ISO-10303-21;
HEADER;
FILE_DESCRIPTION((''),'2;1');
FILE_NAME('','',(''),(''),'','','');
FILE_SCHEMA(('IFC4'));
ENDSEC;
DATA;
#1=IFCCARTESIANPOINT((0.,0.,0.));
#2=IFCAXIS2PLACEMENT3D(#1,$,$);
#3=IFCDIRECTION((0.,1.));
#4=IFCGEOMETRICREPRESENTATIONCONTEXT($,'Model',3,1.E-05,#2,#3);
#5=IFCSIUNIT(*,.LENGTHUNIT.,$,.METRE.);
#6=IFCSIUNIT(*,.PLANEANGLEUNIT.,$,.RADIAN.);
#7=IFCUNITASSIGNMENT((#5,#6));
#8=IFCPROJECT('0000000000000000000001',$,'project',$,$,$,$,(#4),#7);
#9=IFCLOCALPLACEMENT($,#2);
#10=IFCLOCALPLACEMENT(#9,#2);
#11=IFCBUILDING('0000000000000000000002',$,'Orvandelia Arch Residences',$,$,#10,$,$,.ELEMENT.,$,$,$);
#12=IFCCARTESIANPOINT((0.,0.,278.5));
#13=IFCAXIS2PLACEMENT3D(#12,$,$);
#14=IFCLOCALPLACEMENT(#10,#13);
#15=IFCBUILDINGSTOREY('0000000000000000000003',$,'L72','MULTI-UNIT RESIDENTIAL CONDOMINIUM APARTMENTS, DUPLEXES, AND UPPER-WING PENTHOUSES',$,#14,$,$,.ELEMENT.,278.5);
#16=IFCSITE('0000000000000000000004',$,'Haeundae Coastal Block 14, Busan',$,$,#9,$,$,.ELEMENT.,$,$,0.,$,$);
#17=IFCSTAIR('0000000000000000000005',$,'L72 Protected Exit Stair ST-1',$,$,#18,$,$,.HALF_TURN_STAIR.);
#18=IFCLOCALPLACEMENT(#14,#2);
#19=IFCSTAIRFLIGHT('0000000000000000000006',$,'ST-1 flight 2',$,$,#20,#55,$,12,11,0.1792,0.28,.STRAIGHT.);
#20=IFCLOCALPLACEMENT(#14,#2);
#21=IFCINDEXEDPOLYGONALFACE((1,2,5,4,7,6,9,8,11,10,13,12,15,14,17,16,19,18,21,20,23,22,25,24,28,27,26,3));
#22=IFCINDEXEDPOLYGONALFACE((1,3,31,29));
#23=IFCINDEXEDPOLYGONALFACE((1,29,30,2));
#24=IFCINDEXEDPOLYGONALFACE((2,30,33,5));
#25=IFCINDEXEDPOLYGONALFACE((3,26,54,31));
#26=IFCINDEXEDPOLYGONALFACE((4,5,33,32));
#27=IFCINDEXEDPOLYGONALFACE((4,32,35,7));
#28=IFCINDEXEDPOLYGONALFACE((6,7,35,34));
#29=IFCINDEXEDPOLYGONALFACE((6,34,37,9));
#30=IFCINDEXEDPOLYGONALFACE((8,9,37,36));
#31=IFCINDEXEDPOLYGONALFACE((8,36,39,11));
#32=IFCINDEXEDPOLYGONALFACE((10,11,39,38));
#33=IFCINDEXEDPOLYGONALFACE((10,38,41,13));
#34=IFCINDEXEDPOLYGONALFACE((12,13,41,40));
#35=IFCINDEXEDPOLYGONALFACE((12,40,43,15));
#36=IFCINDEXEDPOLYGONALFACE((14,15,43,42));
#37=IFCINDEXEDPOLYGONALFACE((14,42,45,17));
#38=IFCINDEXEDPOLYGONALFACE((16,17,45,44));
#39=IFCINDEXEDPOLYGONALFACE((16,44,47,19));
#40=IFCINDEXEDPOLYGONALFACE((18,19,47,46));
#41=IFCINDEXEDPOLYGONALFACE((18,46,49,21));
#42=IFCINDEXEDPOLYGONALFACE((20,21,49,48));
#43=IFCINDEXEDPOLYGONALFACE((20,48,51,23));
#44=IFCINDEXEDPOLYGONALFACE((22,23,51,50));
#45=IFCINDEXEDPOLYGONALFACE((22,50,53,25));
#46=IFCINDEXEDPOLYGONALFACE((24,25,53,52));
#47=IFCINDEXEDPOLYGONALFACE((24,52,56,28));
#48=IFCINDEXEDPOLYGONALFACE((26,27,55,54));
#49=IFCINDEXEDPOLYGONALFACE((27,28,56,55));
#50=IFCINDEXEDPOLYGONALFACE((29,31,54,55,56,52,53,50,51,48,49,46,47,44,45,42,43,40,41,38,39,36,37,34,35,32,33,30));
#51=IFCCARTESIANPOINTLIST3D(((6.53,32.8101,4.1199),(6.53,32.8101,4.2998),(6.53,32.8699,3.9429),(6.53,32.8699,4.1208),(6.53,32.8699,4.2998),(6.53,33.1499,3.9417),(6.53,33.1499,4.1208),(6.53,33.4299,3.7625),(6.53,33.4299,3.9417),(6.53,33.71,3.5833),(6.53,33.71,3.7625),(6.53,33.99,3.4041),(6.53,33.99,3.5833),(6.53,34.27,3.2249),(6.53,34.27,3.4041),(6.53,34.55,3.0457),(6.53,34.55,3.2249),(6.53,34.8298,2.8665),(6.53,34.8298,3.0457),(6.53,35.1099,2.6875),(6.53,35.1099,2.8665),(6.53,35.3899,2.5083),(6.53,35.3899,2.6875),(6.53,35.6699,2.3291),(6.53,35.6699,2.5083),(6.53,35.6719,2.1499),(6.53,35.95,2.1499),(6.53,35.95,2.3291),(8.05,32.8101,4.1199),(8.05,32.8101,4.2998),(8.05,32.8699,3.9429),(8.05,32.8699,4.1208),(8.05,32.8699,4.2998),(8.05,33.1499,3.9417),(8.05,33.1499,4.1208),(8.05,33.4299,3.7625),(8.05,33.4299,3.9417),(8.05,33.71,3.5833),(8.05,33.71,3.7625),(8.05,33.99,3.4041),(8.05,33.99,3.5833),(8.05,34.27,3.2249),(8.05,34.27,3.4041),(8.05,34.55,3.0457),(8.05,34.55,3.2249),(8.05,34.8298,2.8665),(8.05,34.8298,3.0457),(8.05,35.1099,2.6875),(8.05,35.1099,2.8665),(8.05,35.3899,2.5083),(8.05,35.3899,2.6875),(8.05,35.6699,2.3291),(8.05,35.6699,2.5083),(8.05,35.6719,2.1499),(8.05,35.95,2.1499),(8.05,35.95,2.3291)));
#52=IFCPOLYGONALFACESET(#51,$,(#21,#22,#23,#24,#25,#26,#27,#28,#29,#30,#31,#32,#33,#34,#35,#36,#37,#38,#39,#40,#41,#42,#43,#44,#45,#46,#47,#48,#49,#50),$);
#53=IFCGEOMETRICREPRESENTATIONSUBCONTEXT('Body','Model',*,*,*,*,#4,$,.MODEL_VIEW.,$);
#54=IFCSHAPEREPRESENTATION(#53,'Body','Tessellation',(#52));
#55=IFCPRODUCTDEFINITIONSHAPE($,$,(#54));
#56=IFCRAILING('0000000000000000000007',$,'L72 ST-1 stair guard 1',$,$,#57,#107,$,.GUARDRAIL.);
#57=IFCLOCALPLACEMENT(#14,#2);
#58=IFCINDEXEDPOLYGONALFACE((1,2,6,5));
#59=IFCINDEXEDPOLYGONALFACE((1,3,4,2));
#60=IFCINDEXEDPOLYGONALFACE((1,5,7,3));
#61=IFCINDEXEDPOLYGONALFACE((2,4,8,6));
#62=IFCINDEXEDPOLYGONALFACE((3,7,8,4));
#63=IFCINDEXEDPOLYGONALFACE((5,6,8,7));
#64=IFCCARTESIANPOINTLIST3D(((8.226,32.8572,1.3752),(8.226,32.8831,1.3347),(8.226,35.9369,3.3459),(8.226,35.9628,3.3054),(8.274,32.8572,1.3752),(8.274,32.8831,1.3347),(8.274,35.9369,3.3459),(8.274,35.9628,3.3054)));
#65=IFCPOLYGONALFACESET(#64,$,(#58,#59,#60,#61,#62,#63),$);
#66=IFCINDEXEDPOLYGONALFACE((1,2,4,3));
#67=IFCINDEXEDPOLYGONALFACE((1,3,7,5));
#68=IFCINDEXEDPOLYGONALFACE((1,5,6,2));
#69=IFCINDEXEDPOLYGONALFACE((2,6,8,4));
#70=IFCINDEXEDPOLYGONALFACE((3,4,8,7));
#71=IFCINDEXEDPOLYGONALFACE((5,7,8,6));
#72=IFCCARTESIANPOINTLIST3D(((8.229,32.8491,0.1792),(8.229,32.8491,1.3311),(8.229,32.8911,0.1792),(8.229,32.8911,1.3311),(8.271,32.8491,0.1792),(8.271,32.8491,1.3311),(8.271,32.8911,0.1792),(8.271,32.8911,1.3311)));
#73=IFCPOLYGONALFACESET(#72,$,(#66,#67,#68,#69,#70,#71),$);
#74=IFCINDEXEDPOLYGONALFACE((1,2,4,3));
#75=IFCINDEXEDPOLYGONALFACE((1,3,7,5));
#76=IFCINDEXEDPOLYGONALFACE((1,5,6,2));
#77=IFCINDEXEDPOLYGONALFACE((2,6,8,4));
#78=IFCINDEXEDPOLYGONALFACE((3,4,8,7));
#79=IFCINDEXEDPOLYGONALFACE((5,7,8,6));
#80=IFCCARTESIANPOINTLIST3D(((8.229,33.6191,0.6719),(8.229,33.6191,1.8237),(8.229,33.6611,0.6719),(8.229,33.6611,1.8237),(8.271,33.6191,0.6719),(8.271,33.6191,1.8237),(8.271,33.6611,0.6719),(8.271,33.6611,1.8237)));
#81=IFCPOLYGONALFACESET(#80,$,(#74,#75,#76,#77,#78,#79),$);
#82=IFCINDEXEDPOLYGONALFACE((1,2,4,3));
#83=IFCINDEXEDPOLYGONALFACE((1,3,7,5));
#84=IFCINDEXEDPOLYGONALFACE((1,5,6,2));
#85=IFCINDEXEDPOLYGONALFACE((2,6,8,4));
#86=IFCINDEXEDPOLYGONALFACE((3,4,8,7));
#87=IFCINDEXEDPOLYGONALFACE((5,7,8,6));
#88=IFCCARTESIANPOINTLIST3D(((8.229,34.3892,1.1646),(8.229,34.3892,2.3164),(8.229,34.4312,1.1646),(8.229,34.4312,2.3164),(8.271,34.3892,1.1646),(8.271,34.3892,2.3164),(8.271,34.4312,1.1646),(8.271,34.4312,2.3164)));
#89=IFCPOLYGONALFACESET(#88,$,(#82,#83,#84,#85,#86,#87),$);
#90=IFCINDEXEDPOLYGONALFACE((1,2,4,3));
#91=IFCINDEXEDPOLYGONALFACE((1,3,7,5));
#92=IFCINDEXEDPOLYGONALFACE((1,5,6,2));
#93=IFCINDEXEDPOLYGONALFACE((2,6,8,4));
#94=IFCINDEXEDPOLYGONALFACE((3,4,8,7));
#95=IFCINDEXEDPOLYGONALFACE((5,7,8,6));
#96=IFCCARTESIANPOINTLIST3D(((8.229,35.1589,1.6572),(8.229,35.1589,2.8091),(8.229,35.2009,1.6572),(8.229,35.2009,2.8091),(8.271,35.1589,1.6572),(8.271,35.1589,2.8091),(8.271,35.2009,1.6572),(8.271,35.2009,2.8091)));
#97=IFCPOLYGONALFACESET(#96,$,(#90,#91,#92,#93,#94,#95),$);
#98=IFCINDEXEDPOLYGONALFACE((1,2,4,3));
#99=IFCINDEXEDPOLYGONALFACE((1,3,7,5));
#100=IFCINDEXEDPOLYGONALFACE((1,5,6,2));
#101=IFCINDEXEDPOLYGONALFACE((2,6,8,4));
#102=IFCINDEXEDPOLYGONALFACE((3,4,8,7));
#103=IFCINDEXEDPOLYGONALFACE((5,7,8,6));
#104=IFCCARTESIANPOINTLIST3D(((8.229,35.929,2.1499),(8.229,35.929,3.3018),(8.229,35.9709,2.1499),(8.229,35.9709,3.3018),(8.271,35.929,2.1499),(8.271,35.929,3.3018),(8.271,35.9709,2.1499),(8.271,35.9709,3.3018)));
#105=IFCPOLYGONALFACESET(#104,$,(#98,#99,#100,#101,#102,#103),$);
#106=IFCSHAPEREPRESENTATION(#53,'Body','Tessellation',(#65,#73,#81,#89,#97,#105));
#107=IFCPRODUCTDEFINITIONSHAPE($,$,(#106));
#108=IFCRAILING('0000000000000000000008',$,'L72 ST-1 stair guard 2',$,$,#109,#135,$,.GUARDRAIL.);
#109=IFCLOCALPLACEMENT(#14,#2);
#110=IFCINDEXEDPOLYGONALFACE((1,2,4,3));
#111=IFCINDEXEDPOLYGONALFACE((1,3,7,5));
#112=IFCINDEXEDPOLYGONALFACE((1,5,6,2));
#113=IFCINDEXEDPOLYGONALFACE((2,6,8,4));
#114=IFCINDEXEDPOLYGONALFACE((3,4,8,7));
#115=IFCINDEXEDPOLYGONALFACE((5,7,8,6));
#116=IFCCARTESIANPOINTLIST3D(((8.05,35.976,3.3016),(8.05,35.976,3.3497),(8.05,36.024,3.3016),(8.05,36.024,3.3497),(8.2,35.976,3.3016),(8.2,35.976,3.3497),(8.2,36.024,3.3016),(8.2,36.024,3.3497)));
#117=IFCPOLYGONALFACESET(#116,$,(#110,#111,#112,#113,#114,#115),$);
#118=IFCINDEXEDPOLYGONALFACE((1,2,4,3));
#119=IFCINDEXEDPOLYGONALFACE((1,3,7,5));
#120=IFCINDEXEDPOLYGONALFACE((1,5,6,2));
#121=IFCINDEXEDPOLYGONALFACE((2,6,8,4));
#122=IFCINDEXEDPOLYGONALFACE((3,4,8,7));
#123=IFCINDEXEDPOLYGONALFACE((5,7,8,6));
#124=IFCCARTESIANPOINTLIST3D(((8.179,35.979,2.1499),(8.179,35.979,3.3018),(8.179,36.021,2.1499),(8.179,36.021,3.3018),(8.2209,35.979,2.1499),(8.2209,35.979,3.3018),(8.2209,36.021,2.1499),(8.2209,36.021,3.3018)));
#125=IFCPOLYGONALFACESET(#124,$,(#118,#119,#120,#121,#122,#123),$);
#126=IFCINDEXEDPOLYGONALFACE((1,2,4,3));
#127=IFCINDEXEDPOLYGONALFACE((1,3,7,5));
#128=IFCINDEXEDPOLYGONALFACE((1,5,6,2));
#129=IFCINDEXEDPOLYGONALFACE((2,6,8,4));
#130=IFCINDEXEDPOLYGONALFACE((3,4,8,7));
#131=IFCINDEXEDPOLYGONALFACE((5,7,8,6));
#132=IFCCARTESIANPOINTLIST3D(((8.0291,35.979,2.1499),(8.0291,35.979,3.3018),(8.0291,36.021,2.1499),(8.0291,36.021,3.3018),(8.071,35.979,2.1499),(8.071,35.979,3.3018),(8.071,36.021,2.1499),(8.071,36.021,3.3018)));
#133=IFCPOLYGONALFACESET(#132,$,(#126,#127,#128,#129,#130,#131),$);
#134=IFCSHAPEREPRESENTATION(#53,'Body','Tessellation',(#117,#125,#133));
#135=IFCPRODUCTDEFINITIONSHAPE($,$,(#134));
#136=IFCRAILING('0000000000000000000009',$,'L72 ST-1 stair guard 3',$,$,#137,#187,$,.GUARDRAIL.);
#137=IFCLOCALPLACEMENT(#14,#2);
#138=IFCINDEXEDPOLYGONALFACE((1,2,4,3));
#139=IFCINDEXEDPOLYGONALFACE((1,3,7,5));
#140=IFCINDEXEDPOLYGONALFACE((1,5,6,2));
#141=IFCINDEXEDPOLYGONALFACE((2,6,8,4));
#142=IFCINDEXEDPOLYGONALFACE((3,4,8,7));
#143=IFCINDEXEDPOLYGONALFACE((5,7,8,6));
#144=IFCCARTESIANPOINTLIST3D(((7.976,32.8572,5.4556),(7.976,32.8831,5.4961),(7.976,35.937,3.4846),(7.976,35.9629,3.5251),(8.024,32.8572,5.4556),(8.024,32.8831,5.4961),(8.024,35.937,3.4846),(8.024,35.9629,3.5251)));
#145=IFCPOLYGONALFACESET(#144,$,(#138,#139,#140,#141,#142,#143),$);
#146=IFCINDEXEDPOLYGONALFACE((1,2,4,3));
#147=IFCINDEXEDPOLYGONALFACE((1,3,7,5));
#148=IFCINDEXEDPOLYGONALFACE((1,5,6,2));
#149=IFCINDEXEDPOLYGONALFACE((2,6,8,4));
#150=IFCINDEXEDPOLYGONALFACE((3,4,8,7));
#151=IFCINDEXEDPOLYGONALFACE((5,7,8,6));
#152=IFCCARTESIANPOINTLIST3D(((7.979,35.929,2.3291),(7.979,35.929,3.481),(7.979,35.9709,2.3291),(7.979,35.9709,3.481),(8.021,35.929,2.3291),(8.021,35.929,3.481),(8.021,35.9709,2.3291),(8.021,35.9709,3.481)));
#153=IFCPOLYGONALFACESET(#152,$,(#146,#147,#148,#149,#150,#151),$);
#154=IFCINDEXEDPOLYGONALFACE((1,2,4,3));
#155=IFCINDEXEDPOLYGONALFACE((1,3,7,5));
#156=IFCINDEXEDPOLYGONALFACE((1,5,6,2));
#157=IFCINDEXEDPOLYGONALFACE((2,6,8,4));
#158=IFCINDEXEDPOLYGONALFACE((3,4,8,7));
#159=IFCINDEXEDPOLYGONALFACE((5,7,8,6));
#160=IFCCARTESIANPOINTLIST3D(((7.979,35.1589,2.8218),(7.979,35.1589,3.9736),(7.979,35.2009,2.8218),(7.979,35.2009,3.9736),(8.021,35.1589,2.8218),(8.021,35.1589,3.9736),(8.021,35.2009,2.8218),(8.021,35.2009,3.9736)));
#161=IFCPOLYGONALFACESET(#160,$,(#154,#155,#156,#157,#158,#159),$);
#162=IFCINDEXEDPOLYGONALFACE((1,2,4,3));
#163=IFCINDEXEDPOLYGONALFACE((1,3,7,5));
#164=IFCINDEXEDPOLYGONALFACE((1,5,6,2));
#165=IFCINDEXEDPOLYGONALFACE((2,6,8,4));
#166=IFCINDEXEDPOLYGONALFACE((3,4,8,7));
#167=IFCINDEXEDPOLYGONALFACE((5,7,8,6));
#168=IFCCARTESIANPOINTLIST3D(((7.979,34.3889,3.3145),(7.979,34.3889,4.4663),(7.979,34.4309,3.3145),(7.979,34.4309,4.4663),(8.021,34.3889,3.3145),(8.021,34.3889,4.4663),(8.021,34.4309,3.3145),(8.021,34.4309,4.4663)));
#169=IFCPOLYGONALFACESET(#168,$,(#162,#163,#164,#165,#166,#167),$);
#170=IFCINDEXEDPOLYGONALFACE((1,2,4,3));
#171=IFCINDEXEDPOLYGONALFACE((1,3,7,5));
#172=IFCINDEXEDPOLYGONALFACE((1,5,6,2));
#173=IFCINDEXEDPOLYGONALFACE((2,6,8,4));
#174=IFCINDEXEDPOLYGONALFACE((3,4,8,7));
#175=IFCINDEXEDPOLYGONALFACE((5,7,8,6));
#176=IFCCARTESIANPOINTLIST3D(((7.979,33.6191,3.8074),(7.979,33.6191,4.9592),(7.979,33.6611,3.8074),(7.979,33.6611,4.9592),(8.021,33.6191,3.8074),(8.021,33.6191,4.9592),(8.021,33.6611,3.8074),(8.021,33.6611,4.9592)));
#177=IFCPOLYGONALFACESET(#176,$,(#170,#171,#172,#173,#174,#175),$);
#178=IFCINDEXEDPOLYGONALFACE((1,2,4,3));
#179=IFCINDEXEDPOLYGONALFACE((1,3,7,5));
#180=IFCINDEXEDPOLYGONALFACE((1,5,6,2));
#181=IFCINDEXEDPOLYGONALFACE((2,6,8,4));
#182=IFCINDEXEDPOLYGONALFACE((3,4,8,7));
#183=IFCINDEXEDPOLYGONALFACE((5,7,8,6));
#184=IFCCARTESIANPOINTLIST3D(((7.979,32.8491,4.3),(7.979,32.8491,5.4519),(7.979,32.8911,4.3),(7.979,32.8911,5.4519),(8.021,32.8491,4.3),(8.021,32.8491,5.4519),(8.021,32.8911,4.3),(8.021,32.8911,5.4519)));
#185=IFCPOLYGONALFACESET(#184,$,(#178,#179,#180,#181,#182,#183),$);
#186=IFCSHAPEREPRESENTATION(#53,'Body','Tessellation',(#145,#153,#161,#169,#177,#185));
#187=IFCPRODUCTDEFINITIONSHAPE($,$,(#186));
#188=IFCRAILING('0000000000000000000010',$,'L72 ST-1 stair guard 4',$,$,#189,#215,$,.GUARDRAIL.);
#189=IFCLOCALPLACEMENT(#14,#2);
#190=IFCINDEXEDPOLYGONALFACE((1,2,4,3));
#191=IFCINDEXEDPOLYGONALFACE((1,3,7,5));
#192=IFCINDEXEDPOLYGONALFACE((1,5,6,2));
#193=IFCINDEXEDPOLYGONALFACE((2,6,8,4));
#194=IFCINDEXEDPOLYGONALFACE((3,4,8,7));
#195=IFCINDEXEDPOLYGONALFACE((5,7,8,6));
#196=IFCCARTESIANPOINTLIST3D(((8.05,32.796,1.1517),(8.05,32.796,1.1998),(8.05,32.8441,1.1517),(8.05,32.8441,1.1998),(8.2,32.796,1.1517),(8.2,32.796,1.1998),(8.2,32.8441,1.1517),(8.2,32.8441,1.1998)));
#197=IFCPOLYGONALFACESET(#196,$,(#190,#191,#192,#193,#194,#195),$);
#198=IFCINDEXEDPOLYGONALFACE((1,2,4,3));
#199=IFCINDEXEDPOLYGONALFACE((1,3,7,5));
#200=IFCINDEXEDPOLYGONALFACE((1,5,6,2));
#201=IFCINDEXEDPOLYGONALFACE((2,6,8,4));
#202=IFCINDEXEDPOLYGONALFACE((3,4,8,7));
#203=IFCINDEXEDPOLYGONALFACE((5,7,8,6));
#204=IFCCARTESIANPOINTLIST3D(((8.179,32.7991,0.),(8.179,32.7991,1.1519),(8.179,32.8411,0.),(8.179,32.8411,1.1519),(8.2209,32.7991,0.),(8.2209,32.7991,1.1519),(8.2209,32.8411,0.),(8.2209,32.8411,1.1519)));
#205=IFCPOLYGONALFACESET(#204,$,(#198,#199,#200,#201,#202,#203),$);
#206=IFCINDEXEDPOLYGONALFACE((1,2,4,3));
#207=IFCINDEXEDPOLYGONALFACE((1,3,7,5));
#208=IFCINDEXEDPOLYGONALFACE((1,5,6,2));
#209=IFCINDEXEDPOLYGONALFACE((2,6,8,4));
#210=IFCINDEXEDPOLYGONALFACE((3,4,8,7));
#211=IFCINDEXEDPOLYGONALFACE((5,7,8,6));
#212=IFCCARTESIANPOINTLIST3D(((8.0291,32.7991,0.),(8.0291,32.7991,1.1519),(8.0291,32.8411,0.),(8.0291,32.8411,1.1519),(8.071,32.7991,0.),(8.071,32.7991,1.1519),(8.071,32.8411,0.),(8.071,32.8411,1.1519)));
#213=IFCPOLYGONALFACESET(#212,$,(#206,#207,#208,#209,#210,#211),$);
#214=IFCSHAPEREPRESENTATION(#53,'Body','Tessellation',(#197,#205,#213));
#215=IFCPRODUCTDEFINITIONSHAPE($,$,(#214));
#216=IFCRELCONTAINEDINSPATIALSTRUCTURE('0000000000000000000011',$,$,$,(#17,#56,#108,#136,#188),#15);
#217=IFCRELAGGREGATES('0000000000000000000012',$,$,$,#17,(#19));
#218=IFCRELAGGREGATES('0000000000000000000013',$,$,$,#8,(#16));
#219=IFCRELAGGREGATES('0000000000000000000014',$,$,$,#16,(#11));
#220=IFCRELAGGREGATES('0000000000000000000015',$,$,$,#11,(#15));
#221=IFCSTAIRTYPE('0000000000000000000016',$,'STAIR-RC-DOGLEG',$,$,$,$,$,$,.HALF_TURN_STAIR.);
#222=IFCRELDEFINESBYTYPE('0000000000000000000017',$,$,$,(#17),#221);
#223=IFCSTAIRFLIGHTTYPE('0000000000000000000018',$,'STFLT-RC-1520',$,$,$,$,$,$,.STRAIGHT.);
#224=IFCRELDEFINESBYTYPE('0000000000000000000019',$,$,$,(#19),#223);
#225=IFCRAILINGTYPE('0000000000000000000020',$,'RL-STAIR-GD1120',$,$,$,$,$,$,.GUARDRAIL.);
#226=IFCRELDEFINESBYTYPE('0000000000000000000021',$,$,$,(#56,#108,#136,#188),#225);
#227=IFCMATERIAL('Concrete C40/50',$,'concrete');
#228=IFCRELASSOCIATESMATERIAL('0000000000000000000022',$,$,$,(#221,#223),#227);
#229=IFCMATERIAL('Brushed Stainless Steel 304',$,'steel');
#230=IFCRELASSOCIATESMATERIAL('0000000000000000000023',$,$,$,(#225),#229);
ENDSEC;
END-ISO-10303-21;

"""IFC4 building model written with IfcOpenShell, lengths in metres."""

from ifc_helpers import new_model, si_unit, direction, frame, origin, origin_2d, place, context, subcontext, project, spatial, polyline, rectangle, outline, extrude, material, type_object, element, aggregate, save


model = new_model("IFC4")

# Units and contexts
model_context = context("Model", 3, precision=1e-05, world=origin(), true_north=direction((0.0, 1.0)))
body_context = subcontext(model_context, "Body", "Model", "MODEL_VIEW")
ifc_project = project(units=[si_unit("LENGTHUNIT", "METRE"), si_unit("PLANEANGLEUNIT", "RADIAN")], contexts=[model_context])

# Site, building, storey
site_placement = place(None, origin())
site = spatial("IfcSite", under=ifc_project, at=site_placement, Name="Haeundae Coastal Block 14, Busan", CompositionType="ELEMENT", RefElevation=0.0)
building_placement = place(site_placement, origin())
building = spatial("IfcBuilding", under=site, at=building_placement, Name="Orvandelia Arch Residences", CompositionType="ELEMENT")
storey_placement = place(building_placement, frame((0.0, 0.0, 278.5)))
storey = spatial("IfcBuildingStorey", under=building, at=storey_placement, Name="L72", Description="MULTI-UNIT RESIDENTIAL CONDOMINIUM APARTMENTS, DUPLEXES, AND UPPER-WING PENTHOUSES", CompositionType="ELEMENT", Elevation=278.5)

# Stair, stair flight
ifc_material_1 = material(Name="Concrete C40/50", Category="concrete")
stair_type = type_object("IfcStairType", Name="STAIR-RC-DOGLEG", PredefinedType="HALF_TURN_STAIR", material=ifc_material_1)
stair_placement = place(storey_placement, origin())
stair = element("IfcStair", 1, at=stair_placement, inside=storey, type_object=stair_type, Name="L72 Protected Exit Stair ST-1", PredefinedType="HALF_TURN_STAIR")
stair_flight_type = type_object("IfcStairFlightType", Name="STFLT-RC-1520", PredefinedType="STRAIGHT", material=ifc_material_1)
stair_flight_1_placement = place(storey_placement, frame((7.29, 35.95, 2.1499), z_axis=(0.0, 0.0, 1.0), x_axis=(0.0, -1.0, 0.0)))
stair_flight_1 = element("IfcStairFlight", 2, at=stair_flight_1_placement, type_object=stair_flight_type, Name="ST-1 flight 2", NumberOfRisers=12, NumberOfTreads=11, PredefinedType="STRAIGHT", RiserHeight=0.1792, TreadLength=0.28, context=body_context, shape_type="SweptSolid", body=[
    extrude(outline(polyline([(0.0, 0.0), (0.0, 0.1792), (0.28, 0.1792), (0.28, 0.3584), (0.5601, 0.3584), (0.5601, 0.5376), (0.8401, 0.5376), (0.8401, 0.7166), (1.1201, 0.7166), (1.1201, 0.8958), (1.3999, 0.8958), (1.3999, 1.075), (1.6799, 1.075), (1.6799, 1.2542), (1.96, 1.2542), (1.96, 1.4333), (2.24, 1.4333), (2.24, 1.6125), (2.52, 1.6125), (2.52, 1.7917), (2.8, 1.7917), (2.8, 1.9709), (3.0801, 1.9709), (3.0801, 2.1499), (3.1399, 2.1499), (3.1399, 1.97), (3.0801, 1.793), (0.2781, 0.0), (0.0, 0.0)])), frame((0.0, 0.76, 0.0), z_axis=(0.0, -1.0, 0.0), x_axis=(1.0, 0.0, 0.0)), (0.0, 0.0, 1.0), 1.52),
])
aggregate(stair, [stair_flight_1])

# Railings
ifc_material_2 = material(Name="Brushed Stainless Steel 304", Category="steel")
railing_type_1 = type_object("IfcRailingType", Name="RL-STAIR-GD1120", PredefinedType="GUARDRAIL", material=ifc_material_2)
railing_1_placement = place(storey_placement, frame((8.25, 32.8701, 0.1792)))
element("IfcRailing", 3, at=railing_1_placement, inside=storey, type_object=railing_type_1, Name="L72 ST-1 stair guard 1", PredefinedType="GUARDRAIL", context=body_context, shape_type="SweptSolid", body=[
    extrude(rectangle(XDim=0.0481, YDim=0.0481, at=origin_2d()), frame((0.0, 0.0, 1.1758), z_axis=(0.0, 0.84232, 0.538978), x_axis=(-1.0, 0.0, 0.0)), (0.0, 0.0, 1.0), 3.6562),
    extrude(rectangle(XDim=0.042, YDim=0.042, at=origin_2d()), origin(), (0.0, 0.0, 1.0), 1.1519),
    extrude(rectangle(XDim=0.042, YDim=0.042, at=origin_2d()), frame((0.0, 0.77, 0.4927)), (0.0, 0.0, 1.0), 1.1519),
    extrude(rectangle(XDim=0.042, YDim=0.042, at=origin_2d()), frame((0.0, 1.54, 0.9854)), (0.0, 0.0, 1.0), 1.1519),
    extrude(rectangle(XDim=0.042, YDim=0.042, at=origin_2d()), frame((0.0, 2.3098, 1.478)), (0.0, 0.0, 1.0), 1.1519),
    extrude(rectangle(XDim=0.042, YDim=0.042, at=origin_2d()), frame((0.0, 3.0798, 1.9707)), (0.0, 0.0, 1.0), 1.1519),
])
railing_2_placement = place(storey_placement, frame((8.2, 36.0, 2.1499)))
element("IfcRailing", 4, at=railing_2_placement, inside=storey, type_object=railing_type_1, Name="L72 ST-1 stair guard 2", PredefinedType="GUARDRAIL", context=body_context, shape_type="SweptSolid", body=[
    extrude(rectangle(XDim=0.0481, YDim=0.0481, at=origin_2d()), frame((0.0, 0.0, 1.1758), z_axis=(-1.0, 0.0, 0.0), x_axis=(0.0, -1.0, 0.0)), (0.0, 0.0, 1.0), 0.1499),
    extrude(rectangle(XDim=0.042, YDim=0.042, at=origin_2d()), origin(), (0.0, 0.0, 1.0), 1.1519),
    extrude(rectangle(XDim=0.042, YDim=0.042, at=origin_2d()), frame((-0.1499, 0.0, 0.0)), (0.0, 0.0, 1.0), 1.1519),
])
railing_3_placement = place(storey_placement, frame((8.0, 35.95, 2.3291)))
element("IfcRailing", 5, at=railing_3_placement, inside=storey, type_object=railing_type_1, Name="L72 ST-1 stair guard 3", PredefinedType="GUARDRAIL", context=body_context, shape_type="SweptSolid", body=[
    extrude(rectangle(XDim=0.0481, YDim=0.0481, at=origin_2d()), frame((0.0, 0.0, 1.1758), z_axis=(0.0, -0.84229, 0.539025), x_axis=(1.0, 0.0, 0.0)), (0.0, 0.0, 1.0), 3.6565),
    extrude(rectangle(XDim=0.042, YDim=0.042, at=origin_2d()), origin(), (0.0, 0.0, 1.0), 1.1519),
    extrude(rectangle(XDim=0.042, YDim=0.042, at=origin_2d()), frame((0.0, -0.77, 0.4927)), (0.0, 0.0, 1.0), 1.1519),
    extrude(rectangle(XDim=0.042, YDim=0.042, at=origin_2d()), frame((0.0, -1.54, 0.9854)), (0.0, 0.0, 1.0), 1.1519),
    extrude(rectangle(XDim=0.042, YDim=0.042, at=origin_2d()), frame((0.0, -2.3098, 1.4783)), (0.0, 0.0, 1.0), 1.1519),
    extrude(rectangle(XDim=0.042, YDim=0.042, at=origin_2d()), frame((0.0, -3.0798, 1.9709)), (0.0, 0.0, 1.0), 1.1519),
])
railing_4_placement = place(storey_placement, frame((8.2, 32.8201, 0.0)))
element("IfcRailing", 6, at=railing_4_placement, inside=storey, type_object=railing_type_1, Name="L72 ST-1 stair guard 4", PredefinedType="GUARDRAIL", context=body_context, shape_type="SweptSolid", body=[
    extrude(rectangle(XDim=0.0481, YDim=0.0481, at=origin_2d()), frame((0.0, 0.0, 1.1758), z_axis=(-1.0, 0.0, 0.0), x_axis=(0.0, -1.0, 0.0)), (0.0, 0.0, 1.0), 0.1499),
    extrude(rectangle(XDim=0.042, YDim=0.042, at=origin_2d()), origin(), (0.0, 0.0, 1.0), 1.1519),
    extrude(rectangle(XDim=0.042, YDim=0.042, at=origin_2d()), frame((-0.1499, 0.0, 0.0)), (0.0, 0.0, 1.0), 1.1519),
])

save(model, "model.ifc")
